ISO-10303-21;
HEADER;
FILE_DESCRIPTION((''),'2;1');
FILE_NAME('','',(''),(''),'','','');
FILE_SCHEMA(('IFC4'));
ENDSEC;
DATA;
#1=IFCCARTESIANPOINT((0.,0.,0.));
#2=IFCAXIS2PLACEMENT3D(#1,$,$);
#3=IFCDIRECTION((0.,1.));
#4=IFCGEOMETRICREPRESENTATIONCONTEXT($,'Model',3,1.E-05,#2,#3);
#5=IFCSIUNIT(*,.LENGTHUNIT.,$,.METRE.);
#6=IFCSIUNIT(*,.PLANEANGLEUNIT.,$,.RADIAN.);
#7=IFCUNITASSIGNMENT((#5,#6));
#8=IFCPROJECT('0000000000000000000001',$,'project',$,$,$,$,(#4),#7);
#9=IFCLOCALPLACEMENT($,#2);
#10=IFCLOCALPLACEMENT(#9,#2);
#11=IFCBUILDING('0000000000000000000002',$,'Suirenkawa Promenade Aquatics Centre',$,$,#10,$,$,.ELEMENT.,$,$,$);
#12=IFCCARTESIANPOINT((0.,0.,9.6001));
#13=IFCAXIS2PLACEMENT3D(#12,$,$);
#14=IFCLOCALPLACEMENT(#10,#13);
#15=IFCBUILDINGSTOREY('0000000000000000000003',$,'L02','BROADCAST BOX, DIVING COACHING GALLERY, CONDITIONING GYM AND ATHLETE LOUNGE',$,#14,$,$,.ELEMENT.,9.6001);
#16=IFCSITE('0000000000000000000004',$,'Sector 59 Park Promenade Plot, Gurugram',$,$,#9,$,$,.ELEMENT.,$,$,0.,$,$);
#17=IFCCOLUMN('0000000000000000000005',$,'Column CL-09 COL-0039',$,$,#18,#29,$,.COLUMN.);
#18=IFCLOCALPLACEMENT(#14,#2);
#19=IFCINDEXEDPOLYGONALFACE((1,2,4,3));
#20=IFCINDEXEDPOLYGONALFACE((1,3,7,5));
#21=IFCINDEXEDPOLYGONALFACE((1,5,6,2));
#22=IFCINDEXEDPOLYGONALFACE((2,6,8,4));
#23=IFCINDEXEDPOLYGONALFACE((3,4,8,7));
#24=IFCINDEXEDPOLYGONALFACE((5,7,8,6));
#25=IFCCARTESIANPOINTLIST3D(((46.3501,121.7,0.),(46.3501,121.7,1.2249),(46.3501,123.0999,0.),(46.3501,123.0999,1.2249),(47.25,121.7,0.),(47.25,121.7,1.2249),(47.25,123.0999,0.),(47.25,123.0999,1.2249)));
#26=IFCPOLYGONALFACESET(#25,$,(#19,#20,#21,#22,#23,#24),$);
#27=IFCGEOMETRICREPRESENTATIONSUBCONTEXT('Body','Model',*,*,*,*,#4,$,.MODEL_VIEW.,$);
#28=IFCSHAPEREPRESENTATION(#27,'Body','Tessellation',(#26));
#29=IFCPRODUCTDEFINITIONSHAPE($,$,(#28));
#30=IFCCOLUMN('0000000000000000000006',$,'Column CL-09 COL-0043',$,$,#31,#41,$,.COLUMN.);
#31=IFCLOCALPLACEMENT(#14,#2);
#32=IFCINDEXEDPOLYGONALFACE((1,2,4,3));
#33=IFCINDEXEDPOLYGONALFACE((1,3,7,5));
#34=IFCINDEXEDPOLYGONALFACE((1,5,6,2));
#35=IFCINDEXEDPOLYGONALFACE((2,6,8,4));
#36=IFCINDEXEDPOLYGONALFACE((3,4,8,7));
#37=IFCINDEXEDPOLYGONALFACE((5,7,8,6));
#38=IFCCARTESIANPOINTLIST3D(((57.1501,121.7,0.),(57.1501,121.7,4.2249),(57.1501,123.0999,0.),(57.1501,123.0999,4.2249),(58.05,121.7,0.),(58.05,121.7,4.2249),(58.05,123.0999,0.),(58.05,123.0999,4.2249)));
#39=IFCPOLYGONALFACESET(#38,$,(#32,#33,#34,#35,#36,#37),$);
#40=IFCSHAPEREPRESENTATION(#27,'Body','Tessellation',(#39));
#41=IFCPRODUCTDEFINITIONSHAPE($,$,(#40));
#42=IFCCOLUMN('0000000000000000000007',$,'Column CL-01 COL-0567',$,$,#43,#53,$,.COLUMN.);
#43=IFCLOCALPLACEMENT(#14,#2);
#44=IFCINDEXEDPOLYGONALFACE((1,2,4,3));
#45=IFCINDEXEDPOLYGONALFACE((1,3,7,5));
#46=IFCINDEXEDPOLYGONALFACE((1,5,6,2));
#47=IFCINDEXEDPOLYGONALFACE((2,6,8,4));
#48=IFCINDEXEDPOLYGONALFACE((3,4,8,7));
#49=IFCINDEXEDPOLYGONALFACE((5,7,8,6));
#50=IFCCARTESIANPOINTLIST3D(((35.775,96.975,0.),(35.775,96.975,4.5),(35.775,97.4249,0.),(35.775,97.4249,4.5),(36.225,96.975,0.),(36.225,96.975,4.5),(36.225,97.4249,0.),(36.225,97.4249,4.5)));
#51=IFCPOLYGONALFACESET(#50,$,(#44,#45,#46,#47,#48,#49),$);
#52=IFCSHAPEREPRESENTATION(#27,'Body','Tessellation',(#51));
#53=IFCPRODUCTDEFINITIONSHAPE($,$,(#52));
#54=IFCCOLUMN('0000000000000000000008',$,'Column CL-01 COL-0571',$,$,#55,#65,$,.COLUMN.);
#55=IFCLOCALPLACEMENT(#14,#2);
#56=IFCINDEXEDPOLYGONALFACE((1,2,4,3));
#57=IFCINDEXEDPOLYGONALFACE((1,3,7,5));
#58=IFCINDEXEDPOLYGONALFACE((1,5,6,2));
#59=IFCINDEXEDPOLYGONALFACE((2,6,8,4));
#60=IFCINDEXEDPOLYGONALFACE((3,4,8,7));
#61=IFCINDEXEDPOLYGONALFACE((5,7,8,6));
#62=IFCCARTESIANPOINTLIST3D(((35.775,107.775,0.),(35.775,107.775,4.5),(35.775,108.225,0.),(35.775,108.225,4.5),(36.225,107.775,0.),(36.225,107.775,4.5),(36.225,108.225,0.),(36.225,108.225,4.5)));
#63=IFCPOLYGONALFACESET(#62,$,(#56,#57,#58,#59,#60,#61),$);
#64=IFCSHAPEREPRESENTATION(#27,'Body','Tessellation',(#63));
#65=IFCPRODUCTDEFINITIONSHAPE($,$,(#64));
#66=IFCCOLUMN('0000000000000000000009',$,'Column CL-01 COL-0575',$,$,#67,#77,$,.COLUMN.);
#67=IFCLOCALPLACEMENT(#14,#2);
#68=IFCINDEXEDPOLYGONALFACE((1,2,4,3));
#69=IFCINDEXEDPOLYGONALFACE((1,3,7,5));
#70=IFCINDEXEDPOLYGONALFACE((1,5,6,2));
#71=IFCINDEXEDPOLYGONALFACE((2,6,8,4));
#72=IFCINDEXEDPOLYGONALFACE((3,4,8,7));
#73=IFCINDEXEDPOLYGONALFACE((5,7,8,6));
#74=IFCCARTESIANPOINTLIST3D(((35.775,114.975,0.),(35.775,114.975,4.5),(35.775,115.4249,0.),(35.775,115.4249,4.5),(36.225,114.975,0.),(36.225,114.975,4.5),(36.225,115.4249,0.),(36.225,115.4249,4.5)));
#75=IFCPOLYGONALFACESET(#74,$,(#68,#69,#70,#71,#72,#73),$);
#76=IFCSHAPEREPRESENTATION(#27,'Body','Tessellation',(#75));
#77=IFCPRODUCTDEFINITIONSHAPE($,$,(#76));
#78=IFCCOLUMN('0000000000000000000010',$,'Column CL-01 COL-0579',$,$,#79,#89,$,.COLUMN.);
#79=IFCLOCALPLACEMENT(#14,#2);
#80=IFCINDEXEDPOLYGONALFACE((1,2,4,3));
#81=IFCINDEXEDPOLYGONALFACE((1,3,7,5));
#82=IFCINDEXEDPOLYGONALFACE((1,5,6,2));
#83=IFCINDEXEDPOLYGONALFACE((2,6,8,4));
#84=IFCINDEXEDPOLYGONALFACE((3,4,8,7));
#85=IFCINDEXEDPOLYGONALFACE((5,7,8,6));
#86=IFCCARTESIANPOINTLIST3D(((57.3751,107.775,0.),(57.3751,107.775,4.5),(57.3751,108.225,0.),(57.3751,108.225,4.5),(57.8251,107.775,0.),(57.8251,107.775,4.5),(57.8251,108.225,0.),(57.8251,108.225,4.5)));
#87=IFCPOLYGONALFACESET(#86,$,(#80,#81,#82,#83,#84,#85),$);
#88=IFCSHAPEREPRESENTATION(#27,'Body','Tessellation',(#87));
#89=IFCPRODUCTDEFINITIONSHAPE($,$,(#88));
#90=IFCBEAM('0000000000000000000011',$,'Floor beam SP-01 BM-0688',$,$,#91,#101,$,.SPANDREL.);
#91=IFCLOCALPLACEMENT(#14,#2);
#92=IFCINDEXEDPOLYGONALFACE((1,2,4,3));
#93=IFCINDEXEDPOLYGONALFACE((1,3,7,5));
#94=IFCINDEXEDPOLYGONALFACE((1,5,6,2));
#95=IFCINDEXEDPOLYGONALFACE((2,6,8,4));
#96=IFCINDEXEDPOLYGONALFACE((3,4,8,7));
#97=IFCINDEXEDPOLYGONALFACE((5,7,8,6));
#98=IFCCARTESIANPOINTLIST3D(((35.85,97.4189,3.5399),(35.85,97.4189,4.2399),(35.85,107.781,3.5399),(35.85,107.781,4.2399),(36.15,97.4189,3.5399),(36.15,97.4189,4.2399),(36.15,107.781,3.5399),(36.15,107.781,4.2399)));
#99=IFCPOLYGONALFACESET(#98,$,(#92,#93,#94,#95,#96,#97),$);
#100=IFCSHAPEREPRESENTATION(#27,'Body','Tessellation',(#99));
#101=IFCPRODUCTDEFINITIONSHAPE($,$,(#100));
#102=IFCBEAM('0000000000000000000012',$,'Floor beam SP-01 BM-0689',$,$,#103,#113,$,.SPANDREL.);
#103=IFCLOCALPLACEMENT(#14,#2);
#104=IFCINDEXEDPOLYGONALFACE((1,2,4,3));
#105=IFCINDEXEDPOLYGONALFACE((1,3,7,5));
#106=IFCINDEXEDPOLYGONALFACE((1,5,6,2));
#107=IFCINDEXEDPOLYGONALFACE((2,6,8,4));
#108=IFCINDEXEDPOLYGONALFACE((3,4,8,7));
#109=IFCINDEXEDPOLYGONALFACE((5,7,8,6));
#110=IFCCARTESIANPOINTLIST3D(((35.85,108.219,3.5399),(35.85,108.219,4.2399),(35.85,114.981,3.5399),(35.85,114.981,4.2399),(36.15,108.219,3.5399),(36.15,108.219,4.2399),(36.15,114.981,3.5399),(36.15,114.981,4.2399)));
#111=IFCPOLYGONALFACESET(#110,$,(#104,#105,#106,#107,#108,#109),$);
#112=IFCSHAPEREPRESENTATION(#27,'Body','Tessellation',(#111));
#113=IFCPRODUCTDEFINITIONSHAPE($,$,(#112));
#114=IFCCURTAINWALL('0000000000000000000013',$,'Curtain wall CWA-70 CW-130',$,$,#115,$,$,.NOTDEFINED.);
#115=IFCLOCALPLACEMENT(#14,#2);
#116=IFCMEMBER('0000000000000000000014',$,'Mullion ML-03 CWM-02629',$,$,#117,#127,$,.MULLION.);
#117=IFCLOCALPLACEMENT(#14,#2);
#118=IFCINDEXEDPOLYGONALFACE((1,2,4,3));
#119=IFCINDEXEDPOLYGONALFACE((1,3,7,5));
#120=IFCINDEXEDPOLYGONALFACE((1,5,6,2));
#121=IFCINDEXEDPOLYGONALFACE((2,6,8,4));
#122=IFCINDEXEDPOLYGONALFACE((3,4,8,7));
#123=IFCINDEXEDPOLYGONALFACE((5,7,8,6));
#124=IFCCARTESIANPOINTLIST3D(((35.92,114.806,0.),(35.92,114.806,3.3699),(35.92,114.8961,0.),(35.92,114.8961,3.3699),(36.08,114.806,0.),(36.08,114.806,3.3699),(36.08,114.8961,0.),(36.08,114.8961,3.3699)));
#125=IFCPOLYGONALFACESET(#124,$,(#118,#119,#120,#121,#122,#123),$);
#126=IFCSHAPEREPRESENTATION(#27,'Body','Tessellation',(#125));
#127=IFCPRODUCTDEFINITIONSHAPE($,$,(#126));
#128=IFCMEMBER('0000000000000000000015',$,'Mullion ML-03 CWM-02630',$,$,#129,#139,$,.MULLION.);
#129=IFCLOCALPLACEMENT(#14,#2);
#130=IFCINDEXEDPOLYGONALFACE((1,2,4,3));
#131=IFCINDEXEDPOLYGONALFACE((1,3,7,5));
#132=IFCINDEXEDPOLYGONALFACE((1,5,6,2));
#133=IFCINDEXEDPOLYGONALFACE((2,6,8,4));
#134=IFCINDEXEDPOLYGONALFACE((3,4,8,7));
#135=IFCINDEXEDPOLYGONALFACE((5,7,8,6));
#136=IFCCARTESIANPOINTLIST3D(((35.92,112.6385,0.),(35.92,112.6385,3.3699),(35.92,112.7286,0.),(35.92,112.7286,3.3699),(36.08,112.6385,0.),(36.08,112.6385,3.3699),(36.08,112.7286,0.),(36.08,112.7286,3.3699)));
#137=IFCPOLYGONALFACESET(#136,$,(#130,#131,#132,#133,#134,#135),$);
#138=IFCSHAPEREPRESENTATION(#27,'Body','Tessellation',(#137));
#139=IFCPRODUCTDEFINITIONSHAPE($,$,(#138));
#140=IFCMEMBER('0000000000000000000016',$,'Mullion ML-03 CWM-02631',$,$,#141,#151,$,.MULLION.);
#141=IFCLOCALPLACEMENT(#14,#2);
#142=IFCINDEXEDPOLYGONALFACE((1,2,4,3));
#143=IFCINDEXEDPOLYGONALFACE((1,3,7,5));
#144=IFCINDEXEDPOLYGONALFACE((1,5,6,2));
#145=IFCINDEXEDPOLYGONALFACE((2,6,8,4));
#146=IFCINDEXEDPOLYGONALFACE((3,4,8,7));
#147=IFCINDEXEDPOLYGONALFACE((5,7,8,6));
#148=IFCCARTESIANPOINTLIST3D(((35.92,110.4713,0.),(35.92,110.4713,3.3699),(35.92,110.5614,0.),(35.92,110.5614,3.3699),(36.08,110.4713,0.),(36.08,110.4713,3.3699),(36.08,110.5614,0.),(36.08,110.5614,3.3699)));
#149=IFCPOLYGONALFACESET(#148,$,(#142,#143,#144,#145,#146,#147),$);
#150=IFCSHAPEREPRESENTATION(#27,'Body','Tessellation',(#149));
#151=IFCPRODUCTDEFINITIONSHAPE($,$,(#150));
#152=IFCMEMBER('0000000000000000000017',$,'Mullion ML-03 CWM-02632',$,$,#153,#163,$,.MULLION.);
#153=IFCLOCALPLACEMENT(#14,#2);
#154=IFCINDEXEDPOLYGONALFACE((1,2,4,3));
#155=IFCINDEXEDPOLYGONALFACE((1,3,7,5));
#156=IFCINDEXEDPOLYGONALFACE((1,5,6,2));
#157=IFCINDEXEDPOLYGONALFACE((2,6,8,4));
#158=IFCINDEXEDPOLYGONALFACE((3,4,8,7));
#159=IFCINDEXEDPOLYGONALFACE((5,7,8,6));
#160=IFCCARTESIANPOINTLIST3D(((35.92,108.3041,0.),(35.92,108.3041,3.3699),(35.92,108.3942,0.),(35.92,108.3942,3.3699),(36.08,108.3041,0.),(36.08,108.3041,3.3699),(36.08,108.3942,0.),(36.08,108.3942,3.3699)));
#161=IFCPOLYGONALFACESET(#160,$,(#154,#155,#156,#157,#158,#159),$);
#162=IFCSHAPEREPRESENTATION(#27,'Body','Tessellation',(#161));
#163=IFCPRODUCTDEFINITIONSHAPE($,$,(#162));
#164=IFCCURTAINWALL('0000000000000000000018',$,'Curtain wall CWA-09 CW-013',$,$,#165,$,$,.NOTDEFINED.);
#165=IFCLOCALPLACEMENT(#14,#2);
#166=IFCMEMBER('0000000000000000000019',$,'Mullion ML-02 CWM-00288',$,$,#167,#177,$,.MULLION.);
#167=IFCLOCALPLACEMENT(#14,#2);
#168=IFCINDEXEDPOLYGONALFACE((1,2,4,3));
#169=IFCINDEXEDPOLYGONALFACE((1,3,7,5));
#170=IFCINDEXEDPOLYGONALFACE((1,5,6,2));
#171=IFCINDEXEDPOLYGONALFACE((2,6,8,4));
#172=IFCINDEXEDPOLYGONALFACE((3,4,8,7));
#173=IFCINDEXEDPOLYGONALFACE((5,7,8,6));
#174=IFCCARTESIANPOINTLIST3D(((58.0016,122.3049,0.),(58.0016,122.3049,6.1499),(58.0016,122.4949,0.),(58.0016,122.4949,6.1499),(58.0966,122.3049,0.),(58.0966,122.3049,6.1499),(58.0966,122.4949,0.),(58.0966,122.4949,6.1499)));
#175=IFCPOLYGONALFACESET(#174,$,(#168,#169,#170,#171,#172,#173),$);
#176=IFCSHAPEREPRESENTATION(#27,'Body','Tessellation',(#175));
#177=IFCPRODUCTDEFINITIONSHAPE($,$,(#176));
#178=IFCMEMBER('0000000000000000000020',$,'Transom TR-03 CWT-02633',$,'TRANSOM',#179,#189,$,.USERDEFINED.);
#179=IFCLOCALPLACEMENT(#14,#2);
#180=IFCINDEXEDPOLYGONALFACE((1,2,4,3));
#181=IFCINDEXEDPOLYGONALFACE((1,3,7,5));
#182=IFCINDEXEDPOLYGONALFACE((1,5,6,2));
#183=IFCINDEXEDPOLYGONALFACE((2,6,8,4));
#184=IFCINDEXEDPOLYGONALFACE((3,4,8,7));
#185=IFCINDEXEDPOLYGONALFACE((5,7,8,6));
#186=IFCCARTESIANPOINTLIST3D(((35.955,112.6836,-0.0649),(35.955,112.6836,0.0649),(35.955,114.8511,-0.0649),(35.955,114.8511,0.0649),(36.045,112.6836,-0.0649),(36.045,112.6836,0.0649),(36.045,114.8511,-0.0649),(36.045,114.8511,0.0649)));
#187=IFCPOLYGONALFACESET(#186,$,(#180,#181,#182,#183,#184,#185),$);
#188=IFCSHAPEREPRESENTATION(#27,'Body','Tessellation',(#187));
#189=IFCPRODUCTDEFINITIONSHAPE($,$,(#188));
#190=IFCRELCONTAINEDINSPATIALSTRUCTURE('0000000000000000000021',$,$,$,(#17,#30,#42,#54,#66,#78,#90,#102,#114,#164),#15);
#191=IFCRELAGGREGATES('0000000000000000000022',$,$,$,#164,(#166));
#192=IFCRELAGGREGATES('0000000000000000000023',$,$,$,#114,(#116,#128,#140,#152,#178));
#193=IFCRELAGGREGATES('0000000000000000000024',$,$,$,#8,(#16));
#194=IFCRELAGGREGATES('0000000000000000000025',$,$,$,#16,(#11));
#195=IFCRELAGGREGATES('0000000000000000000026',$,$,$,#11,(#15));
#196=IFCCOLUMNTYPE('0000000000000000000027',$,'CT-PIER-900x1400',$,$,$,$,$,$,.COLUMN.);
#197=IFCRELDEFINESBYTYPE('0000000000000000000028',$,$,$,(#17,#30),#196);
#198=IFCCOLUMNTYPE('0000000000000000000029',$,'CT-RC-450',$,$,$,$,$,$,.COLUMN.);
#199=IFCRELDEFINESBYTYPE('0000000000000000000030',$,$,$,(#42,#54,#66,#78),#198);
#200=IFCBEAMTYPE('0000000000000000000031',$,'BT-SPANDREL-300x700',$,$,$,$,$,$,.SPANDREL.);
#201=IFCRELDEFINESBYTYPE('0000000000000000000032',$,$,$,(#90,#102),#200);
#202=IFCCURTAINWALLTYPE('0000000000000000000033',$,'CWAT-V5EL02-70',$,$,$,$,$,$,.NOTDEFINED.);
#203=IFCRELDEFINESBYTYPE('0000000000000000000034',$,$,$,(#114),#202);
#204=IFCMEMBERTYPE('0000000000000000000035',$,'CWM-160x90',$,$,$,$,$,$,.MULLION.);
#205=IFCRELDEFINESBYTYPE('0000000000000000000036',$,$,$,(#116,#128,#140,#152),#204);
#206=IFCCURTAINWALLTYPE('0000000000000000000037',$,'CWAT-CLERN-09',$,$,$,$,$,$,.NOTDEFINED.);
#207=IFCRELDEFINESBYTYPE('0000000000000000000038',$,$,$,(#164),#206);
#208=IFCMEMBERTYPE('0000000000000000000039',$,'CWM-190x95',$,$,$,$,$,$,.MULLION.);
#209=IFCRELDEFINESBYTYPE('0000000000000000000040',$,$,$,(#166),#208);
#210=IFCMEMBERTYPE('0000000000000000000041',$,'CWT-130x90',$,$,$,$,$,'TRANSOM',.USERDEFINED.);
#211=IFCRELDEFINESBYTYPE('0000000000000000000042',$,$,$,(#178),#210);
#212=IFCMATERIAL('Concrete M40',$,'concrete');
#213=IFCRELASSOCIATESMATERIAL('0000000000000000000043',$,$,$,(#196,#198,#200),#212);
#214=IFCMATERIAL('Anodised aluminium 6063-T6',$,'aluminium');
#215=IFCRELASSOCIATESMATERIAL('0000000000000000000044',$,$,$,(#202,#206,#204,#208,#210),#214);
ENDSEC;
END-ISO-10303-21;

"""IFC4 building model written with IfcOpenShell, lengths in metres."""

from ifc_helpers import new_model, si_unit, direction, frame, origin, origin_2d, place, context, subcontext, project, spatial, rectangle, extrude, material, material_profile, profile_set, type_object, element, aggregate, save


model = new_model("IFC4")

# Units and contexts
model_context = context("Model", 3, precision=1e-05, world=origin(), true_north=direction((0.0, 1.0)))
body_context = subcontext(model_context, "Body", "Model", "MODEL_VIEW")
ifc_project = project(units=[si_unit("LENGTHUNIT", "METRE"), si_unit("PLANEANGLEUNIT", "RADIAN")], contexts=[model_context])

# Site, building, storey
site_placement = place(None, origin())
site = spatial("IfcSite", under=ifc_project, at=site_placement, Name="Sector 59 Park Promenade Plot, Gurugram", CompositionType="ELEMENT", RefElevation=0.0)
building_placement = place(site_placement, origin())
building = spatial("IfcBuilding", under=site, at=building_placement, Name="Suirenkawa Promenade Aquatics Centre", CompositionType="ELEMENT")
storey_placement = place(building_placement, frame((0.0, 0.0, 9.6001)))
storey = spatial("IfcBuildingStorey", under=building, at=storey_placement, Name="L02", Description="BROADCAST BOX, DIVING COACHING GALLERY, CONDITIONING GYM AND ATHLETE LOUNGE", CompositionType="ELEMENT", Elevation=9.6001)

# Columns
ifc_material_1 = material(Name="Concrete M40", Category="concrete")
ifc_material_profile_1 = material_profile(ifc_material_1, rectangle(XDim=0.8999, YDim=1.3999, at=origin_2d()), Name="RC PIER 900x1400", Category="concrete")
ifc_profile_set_1 = profile_set([ifc_material_profile_1], Name="Concrete M40")
column_type_1 = type_object("IfcColumnType", Name="CT-PIER-900x1400", PredefinedType="COLUMN", material=ifc_profile_set_1)
column_1_placement = place(storey_placement, frame((46.8, 122.3999, 0.0), z_axis=(0.0, 0.0, 1.0), x_axis=(1.0, 0.0, 0.0)))
element("IfcColumn", 1, at=column_1_placement, inside=storey, type_object=column_type_1, Name="Column CL-09 COL-0039", PredefinedType="COLUMN", context=body_context, shape_type="SweptSolid", body=[
    extrude(rectangle(XDim=0.8999, YDim=1.3999, at=origin_2d()), origin(), (0.0, 0.0, 1.0), 1.2249),
])
column_2_placement = place(storey_placement, frame((57.6001, 122.3999, 0.0), z_axis=(0.0, 0.0, 1.0), x_axis=(1.0, 0.0, 0.0)))
element("IfcColumn", 2, at=column_2_placement, inside=storey, type_object=column_type_1, Name="Column CL-09 COL-0043", PredefinedType="COLUMN", context=body_context, shape_type="SweptSolid", body=[
    extrude(rectangle(XDim=0.8999, YDim=1.3999, at=origin_2d()), origin(), (0.0, 0.0, 1.0), 4.2249),
])
ifc_material_profile_2 = material_profile(ifc_material_1, rectangle(XDim=0.45, YDim=0.45, at=origin_2d()), Name="RC COL 450x450", Category="concrete")
ifc_profile_set_2 = profile_set([ifc_material_profile_2], Name="Concrete M40")
column_type_2 = type_object("IfcColumnType", Name="CT-RC-450", PredefinedType="COLUMN", material=ifc_profile_set_2)
for number, where, z_axis, x_axis, name in (
    (3, (36.0, 97.2, 0.0), (0.0, 0.0, 1.0), (1.0, 0.0, 0.0), "Column CL-01 COL-0567"),
    (4, (36.0, 108.0, 0.0), (0.0, 0.0, 1.0), (1.0, 0.0, 0.0), "Column CL-01 COL-0571"),
    (5, (36.0, 115.2, 0.0), (0.0, 0.0, 1.0), (1.0, 0.0, 0.0), "Column CL-01 COL-0575"),
    (6, (57.6001, 108.0, 0.0), (0.0, 0.0, 1.0), (1.0, 0.0, 0.0), "Column CL-01 COL-0579"),
):
    element("IfcColumn", number, at=place(storey_placement, frame(where, z_axis=z_axis, x_axis=x_axis)), inside=storey, type_object=column_type_2, Name=name, PredefinedType="COLUMN", context=body_context, shape_type="SweptSolid", body=[
        extrude(rectangle(XDim=0.45, YDim=0.45, at=origin_2d()), origin(), (0.0, 0.0, 1.0), 4.5),
    ])

# Beams
ifc_material_profile_3 = material_profile(ifc_material_1, rectangle(XDim=0.3, YDim=0.7, at=origin_2d()), Name="RC SPANDREL 300x700", Category="concrete")
ifc_profile_set_3 = profile_set([ifc_material_profile_3], Name="Concrete M40")
beam_type = type_object("IfcBeamType", Name="BT-SPANDREL-300x700", PredefinedType="SPANDREL", material=ifc_profile_set_3)
beam_1_placement = place(storey_placement, frame((36.0, 97.4189, 3.8899), z_axis=(0.0, 1.0, 0.0), x_axis=(-1.0, 0.0, 0.0)))
element("IfcBeam", 7, at=beam_1_placement, inside=storey, type_object=beam_type, Name="Floor beam SP-01 BM-0688", PredefinedType="SPANDREL", context=body_context, shape_type="SweptSolid", body=[
    extrude(rectangle(XDim=0.3, YDim=0.7, at=origin_2d()), origin(), (0.0, 0.0, 1.0), 10.3621),
])
beam_2_placement = place(storey_placement, frame((36.0, 108.219, 3.8899), z_axis=(0.0, 1.0, 0.0), x_axis=(-1.0, 0.0, 0.0)))
element("IfcBeam", 8, at=beam_2_placement, inside=storey, type_object=beam_type, Name="Floor beam SP-01 BM-0689", PredefinedType="SPANDREL", context=body_context, shape_type="SweptSolid", body=[
    extrude(rectangle(XDim=0.3, YDim=0.7, at=origin_2d()), origin(), (0.0, 0.0, 1.0), 6.762),
])

# Curtain wall, members
ifc_material_2 = material(Name="Anodised aluminium 6063-T6", Category="aluminium")
curtain_wall_type_1 = type_object("IfcCurtainWallType", Name="CWAT-V5EL02-70", PredefinedType="NOTDEFINED", material=ifc_material_2)
curtain_wall_1_placement = place(storey_placement, origin())
curtain_wall_1 = element("IfcCurtainWall", 9, at=curtain_wall_1_placement, inside=storey, type_object=curtain_wall_type_1, Name="Curtain wall CWA-70 CW-130", PredefinedType="NOTDEFINED")
ifc_material_profile_4 = material_profile(ifc_material_2, rectangle(XDim=0.0901, YDim=0.1599, at=origin_2d()), Name="ALU MULL 90x160", Category="aluminium")
ifc_profile_set_4 = profile_set([ifc_material_profile_4], Name="Anodised aluminium 6063-T6")
member_type_1 = type_object("IfcMemberType", Name="CWM-160x90", PredefinedType="MULLION", material=ifc_profile_set_4)
member_1_placement = place(storey_placement, frame((36.0, 114.8511, 0.0), z_axis=(0.0, 0.0, 1.0), x_axis=(0.0, -1.0, 0.0)))
member_1 = element("IfcMember", 10, at=member_1_placement, type_object=member_type_1, Name="Mullion ML-03 CWM-02629", PredefinedType="MULLION", context=body_context, shape_type="SweptSolid", body=[
    extrude(rectangle(XDim=0.0901, YDim=0.1599, at=origin_2d()), origin(), (0.0, 0.0, 1.0), 3.3699),
])
member_2_placement = place(storey_placement, frame((36.0, 112.6836, 0.0), z_axis=(0.0, 0.0, 1.0), x_axis=(0.0, -1.0, 0.0)))
member_2 = element("IfcMember", 11, at=member_2_placement, type_object=member_type_1, Name="Mullion ML-03 CWM-02630", PredefinedType="MULLION", context=body_context, shape_type="SweptSolid", body=[
    extrude(rectangle(XDim=0.0901, YDim=0.1599, at=origin_2d()), origin(), (0.0, 0.0, 1.0), 3.3699),
])
member_3_placement = place(storey_placement, frame((36.0, 110.5164, 0.0), z_axis=(0.0, 0.0, 1.0), x_axis=(0.0, -1.0, 0.0)))
member_3 = element("IfcMember", 12, at=member_3_placement, type_object=member_type_1, Name="Mullion ML-03 CWM-02631", PredefinedType="MULLION", context=body_context, shape_type="SweptSolid", body=[
    extrude(rectangle(XDim=0.0901, YDim=0.1599, at=origin_2d()), origin(), (0.0, 0.0, 1.0), 3.3699),
])
member_4_placement = place(storey_placement, frame((36.0, 108.3491, 0.0), z_axis=(0.0, 0.0, 1.0), x_axis=(0.0, -1.0, 0.0)))
member_4 = element("IfcMember", 13, at=member_4_placement, type_object=member_type_1, Name="Mullion ML-03 CWM-02632", PredefinedType="MULLION", context=body_context, shape_type="SweptSolid", body=[
    extrude(rectangle(XDim=0.0901, YDim=0.1599, at=origin_2d()), origin(), (0.0, 0.0, 1.0), 3.3699),
])

# Curtain wall, member
curtain_wall_type_2 = type_object("IfcCurtainWallType", Name="CWAT-CLERN-09", PredefinedType="NOTDEFINED", material=ifc_material_2)
curtain_wall_2_placement = place(storey_placement, origin())
curtain_wall_2 = element("IfcCurtainWall", 14, at=curtain_wall_2_placement, inside=storey, type_object=curtain_wall_type_2, Name="Curtain wall CWA-09 CW-013", PredefinedType="NOTDEFINED")
ifc_material_profile_5 = material_profile(ifc_material_2, rectangle(XDim=0.095, YDim=0.1899, at=origin_2d()), Name="ALU MULL 95x190", Category="aluminium")
ifc_profile_set_5 = profile_set([ifc_material_profile_5], Name="Anodised aluminium 6063-T6")
member_type_2 = type_object("IfcMemberType", Name="CWM-190x95", PredefinedType="MULLION", material=ifc_profile_set_5)
member_5_placement = place(storey_placement, frame((58.0491, 122.3999, 0.0), z_axis=(0.0, 0.0, 1.0), x_axis=(1.0, 0.0, 0.0)))
member_5 = element("IfcMember", 15, at=member_5_placement, type_object=member_type_2, Name="Mullion ML-02 CWM-00288", PredefinedType="MULLION", context=body_context, shape_type="SweptSolid", body=[
    extrude(rectangle(XDim=0.095, YDim=0.1899, at=origin_2d()), origin(), (0.0, 0.0, 1.0), 6.1499),
])

# Member
ifc_material_profile_6 = material_profile(ifc_material_2, rectangle(XDim=0.0901, YDim=0.1299, at=origin_2d()), Name="ALU TRAN 90x130", Category="aluminium")
ifc_profile_set_6 = profile_set([ifc_material_profile_6], Name="Anodised aluminium 6063-T6")
member_type_3 = type_object("IfcMemberType", Name="CWT-130x90", ElementType="TRANSOM", PredefinedType="USERDEFINED", material=ifc_profile_set_6)
member_6_placement = place(storey_placement, frame((36.0, 114.8511, 0.0), z_axis=(0.0, -1.0, 0.0), x_axis=(1.0, 0.0, 0.0)))
member_6 = element("IfcMember", 16, at=member_6_placement, type_object=member_type_3, Name="Transom TR-03 CWT-02633", ObjectType="TRANSOM", PredefinedType="USERDEFINED", context=body_context, shape_type="SweptSolid", body=[
    extrude(rectangle(XDim=0.0901, YDim=0.1299, at=origin_2d()), origin(), (0.0, 0.0, 1.0), 2.1675),
])
aggregate(curtain_wall_2, [member_5])

aggregate(curtain_wall_1, [member_1, member_2, member_3, member_4, member_6])

save(model, "model.ifc")
